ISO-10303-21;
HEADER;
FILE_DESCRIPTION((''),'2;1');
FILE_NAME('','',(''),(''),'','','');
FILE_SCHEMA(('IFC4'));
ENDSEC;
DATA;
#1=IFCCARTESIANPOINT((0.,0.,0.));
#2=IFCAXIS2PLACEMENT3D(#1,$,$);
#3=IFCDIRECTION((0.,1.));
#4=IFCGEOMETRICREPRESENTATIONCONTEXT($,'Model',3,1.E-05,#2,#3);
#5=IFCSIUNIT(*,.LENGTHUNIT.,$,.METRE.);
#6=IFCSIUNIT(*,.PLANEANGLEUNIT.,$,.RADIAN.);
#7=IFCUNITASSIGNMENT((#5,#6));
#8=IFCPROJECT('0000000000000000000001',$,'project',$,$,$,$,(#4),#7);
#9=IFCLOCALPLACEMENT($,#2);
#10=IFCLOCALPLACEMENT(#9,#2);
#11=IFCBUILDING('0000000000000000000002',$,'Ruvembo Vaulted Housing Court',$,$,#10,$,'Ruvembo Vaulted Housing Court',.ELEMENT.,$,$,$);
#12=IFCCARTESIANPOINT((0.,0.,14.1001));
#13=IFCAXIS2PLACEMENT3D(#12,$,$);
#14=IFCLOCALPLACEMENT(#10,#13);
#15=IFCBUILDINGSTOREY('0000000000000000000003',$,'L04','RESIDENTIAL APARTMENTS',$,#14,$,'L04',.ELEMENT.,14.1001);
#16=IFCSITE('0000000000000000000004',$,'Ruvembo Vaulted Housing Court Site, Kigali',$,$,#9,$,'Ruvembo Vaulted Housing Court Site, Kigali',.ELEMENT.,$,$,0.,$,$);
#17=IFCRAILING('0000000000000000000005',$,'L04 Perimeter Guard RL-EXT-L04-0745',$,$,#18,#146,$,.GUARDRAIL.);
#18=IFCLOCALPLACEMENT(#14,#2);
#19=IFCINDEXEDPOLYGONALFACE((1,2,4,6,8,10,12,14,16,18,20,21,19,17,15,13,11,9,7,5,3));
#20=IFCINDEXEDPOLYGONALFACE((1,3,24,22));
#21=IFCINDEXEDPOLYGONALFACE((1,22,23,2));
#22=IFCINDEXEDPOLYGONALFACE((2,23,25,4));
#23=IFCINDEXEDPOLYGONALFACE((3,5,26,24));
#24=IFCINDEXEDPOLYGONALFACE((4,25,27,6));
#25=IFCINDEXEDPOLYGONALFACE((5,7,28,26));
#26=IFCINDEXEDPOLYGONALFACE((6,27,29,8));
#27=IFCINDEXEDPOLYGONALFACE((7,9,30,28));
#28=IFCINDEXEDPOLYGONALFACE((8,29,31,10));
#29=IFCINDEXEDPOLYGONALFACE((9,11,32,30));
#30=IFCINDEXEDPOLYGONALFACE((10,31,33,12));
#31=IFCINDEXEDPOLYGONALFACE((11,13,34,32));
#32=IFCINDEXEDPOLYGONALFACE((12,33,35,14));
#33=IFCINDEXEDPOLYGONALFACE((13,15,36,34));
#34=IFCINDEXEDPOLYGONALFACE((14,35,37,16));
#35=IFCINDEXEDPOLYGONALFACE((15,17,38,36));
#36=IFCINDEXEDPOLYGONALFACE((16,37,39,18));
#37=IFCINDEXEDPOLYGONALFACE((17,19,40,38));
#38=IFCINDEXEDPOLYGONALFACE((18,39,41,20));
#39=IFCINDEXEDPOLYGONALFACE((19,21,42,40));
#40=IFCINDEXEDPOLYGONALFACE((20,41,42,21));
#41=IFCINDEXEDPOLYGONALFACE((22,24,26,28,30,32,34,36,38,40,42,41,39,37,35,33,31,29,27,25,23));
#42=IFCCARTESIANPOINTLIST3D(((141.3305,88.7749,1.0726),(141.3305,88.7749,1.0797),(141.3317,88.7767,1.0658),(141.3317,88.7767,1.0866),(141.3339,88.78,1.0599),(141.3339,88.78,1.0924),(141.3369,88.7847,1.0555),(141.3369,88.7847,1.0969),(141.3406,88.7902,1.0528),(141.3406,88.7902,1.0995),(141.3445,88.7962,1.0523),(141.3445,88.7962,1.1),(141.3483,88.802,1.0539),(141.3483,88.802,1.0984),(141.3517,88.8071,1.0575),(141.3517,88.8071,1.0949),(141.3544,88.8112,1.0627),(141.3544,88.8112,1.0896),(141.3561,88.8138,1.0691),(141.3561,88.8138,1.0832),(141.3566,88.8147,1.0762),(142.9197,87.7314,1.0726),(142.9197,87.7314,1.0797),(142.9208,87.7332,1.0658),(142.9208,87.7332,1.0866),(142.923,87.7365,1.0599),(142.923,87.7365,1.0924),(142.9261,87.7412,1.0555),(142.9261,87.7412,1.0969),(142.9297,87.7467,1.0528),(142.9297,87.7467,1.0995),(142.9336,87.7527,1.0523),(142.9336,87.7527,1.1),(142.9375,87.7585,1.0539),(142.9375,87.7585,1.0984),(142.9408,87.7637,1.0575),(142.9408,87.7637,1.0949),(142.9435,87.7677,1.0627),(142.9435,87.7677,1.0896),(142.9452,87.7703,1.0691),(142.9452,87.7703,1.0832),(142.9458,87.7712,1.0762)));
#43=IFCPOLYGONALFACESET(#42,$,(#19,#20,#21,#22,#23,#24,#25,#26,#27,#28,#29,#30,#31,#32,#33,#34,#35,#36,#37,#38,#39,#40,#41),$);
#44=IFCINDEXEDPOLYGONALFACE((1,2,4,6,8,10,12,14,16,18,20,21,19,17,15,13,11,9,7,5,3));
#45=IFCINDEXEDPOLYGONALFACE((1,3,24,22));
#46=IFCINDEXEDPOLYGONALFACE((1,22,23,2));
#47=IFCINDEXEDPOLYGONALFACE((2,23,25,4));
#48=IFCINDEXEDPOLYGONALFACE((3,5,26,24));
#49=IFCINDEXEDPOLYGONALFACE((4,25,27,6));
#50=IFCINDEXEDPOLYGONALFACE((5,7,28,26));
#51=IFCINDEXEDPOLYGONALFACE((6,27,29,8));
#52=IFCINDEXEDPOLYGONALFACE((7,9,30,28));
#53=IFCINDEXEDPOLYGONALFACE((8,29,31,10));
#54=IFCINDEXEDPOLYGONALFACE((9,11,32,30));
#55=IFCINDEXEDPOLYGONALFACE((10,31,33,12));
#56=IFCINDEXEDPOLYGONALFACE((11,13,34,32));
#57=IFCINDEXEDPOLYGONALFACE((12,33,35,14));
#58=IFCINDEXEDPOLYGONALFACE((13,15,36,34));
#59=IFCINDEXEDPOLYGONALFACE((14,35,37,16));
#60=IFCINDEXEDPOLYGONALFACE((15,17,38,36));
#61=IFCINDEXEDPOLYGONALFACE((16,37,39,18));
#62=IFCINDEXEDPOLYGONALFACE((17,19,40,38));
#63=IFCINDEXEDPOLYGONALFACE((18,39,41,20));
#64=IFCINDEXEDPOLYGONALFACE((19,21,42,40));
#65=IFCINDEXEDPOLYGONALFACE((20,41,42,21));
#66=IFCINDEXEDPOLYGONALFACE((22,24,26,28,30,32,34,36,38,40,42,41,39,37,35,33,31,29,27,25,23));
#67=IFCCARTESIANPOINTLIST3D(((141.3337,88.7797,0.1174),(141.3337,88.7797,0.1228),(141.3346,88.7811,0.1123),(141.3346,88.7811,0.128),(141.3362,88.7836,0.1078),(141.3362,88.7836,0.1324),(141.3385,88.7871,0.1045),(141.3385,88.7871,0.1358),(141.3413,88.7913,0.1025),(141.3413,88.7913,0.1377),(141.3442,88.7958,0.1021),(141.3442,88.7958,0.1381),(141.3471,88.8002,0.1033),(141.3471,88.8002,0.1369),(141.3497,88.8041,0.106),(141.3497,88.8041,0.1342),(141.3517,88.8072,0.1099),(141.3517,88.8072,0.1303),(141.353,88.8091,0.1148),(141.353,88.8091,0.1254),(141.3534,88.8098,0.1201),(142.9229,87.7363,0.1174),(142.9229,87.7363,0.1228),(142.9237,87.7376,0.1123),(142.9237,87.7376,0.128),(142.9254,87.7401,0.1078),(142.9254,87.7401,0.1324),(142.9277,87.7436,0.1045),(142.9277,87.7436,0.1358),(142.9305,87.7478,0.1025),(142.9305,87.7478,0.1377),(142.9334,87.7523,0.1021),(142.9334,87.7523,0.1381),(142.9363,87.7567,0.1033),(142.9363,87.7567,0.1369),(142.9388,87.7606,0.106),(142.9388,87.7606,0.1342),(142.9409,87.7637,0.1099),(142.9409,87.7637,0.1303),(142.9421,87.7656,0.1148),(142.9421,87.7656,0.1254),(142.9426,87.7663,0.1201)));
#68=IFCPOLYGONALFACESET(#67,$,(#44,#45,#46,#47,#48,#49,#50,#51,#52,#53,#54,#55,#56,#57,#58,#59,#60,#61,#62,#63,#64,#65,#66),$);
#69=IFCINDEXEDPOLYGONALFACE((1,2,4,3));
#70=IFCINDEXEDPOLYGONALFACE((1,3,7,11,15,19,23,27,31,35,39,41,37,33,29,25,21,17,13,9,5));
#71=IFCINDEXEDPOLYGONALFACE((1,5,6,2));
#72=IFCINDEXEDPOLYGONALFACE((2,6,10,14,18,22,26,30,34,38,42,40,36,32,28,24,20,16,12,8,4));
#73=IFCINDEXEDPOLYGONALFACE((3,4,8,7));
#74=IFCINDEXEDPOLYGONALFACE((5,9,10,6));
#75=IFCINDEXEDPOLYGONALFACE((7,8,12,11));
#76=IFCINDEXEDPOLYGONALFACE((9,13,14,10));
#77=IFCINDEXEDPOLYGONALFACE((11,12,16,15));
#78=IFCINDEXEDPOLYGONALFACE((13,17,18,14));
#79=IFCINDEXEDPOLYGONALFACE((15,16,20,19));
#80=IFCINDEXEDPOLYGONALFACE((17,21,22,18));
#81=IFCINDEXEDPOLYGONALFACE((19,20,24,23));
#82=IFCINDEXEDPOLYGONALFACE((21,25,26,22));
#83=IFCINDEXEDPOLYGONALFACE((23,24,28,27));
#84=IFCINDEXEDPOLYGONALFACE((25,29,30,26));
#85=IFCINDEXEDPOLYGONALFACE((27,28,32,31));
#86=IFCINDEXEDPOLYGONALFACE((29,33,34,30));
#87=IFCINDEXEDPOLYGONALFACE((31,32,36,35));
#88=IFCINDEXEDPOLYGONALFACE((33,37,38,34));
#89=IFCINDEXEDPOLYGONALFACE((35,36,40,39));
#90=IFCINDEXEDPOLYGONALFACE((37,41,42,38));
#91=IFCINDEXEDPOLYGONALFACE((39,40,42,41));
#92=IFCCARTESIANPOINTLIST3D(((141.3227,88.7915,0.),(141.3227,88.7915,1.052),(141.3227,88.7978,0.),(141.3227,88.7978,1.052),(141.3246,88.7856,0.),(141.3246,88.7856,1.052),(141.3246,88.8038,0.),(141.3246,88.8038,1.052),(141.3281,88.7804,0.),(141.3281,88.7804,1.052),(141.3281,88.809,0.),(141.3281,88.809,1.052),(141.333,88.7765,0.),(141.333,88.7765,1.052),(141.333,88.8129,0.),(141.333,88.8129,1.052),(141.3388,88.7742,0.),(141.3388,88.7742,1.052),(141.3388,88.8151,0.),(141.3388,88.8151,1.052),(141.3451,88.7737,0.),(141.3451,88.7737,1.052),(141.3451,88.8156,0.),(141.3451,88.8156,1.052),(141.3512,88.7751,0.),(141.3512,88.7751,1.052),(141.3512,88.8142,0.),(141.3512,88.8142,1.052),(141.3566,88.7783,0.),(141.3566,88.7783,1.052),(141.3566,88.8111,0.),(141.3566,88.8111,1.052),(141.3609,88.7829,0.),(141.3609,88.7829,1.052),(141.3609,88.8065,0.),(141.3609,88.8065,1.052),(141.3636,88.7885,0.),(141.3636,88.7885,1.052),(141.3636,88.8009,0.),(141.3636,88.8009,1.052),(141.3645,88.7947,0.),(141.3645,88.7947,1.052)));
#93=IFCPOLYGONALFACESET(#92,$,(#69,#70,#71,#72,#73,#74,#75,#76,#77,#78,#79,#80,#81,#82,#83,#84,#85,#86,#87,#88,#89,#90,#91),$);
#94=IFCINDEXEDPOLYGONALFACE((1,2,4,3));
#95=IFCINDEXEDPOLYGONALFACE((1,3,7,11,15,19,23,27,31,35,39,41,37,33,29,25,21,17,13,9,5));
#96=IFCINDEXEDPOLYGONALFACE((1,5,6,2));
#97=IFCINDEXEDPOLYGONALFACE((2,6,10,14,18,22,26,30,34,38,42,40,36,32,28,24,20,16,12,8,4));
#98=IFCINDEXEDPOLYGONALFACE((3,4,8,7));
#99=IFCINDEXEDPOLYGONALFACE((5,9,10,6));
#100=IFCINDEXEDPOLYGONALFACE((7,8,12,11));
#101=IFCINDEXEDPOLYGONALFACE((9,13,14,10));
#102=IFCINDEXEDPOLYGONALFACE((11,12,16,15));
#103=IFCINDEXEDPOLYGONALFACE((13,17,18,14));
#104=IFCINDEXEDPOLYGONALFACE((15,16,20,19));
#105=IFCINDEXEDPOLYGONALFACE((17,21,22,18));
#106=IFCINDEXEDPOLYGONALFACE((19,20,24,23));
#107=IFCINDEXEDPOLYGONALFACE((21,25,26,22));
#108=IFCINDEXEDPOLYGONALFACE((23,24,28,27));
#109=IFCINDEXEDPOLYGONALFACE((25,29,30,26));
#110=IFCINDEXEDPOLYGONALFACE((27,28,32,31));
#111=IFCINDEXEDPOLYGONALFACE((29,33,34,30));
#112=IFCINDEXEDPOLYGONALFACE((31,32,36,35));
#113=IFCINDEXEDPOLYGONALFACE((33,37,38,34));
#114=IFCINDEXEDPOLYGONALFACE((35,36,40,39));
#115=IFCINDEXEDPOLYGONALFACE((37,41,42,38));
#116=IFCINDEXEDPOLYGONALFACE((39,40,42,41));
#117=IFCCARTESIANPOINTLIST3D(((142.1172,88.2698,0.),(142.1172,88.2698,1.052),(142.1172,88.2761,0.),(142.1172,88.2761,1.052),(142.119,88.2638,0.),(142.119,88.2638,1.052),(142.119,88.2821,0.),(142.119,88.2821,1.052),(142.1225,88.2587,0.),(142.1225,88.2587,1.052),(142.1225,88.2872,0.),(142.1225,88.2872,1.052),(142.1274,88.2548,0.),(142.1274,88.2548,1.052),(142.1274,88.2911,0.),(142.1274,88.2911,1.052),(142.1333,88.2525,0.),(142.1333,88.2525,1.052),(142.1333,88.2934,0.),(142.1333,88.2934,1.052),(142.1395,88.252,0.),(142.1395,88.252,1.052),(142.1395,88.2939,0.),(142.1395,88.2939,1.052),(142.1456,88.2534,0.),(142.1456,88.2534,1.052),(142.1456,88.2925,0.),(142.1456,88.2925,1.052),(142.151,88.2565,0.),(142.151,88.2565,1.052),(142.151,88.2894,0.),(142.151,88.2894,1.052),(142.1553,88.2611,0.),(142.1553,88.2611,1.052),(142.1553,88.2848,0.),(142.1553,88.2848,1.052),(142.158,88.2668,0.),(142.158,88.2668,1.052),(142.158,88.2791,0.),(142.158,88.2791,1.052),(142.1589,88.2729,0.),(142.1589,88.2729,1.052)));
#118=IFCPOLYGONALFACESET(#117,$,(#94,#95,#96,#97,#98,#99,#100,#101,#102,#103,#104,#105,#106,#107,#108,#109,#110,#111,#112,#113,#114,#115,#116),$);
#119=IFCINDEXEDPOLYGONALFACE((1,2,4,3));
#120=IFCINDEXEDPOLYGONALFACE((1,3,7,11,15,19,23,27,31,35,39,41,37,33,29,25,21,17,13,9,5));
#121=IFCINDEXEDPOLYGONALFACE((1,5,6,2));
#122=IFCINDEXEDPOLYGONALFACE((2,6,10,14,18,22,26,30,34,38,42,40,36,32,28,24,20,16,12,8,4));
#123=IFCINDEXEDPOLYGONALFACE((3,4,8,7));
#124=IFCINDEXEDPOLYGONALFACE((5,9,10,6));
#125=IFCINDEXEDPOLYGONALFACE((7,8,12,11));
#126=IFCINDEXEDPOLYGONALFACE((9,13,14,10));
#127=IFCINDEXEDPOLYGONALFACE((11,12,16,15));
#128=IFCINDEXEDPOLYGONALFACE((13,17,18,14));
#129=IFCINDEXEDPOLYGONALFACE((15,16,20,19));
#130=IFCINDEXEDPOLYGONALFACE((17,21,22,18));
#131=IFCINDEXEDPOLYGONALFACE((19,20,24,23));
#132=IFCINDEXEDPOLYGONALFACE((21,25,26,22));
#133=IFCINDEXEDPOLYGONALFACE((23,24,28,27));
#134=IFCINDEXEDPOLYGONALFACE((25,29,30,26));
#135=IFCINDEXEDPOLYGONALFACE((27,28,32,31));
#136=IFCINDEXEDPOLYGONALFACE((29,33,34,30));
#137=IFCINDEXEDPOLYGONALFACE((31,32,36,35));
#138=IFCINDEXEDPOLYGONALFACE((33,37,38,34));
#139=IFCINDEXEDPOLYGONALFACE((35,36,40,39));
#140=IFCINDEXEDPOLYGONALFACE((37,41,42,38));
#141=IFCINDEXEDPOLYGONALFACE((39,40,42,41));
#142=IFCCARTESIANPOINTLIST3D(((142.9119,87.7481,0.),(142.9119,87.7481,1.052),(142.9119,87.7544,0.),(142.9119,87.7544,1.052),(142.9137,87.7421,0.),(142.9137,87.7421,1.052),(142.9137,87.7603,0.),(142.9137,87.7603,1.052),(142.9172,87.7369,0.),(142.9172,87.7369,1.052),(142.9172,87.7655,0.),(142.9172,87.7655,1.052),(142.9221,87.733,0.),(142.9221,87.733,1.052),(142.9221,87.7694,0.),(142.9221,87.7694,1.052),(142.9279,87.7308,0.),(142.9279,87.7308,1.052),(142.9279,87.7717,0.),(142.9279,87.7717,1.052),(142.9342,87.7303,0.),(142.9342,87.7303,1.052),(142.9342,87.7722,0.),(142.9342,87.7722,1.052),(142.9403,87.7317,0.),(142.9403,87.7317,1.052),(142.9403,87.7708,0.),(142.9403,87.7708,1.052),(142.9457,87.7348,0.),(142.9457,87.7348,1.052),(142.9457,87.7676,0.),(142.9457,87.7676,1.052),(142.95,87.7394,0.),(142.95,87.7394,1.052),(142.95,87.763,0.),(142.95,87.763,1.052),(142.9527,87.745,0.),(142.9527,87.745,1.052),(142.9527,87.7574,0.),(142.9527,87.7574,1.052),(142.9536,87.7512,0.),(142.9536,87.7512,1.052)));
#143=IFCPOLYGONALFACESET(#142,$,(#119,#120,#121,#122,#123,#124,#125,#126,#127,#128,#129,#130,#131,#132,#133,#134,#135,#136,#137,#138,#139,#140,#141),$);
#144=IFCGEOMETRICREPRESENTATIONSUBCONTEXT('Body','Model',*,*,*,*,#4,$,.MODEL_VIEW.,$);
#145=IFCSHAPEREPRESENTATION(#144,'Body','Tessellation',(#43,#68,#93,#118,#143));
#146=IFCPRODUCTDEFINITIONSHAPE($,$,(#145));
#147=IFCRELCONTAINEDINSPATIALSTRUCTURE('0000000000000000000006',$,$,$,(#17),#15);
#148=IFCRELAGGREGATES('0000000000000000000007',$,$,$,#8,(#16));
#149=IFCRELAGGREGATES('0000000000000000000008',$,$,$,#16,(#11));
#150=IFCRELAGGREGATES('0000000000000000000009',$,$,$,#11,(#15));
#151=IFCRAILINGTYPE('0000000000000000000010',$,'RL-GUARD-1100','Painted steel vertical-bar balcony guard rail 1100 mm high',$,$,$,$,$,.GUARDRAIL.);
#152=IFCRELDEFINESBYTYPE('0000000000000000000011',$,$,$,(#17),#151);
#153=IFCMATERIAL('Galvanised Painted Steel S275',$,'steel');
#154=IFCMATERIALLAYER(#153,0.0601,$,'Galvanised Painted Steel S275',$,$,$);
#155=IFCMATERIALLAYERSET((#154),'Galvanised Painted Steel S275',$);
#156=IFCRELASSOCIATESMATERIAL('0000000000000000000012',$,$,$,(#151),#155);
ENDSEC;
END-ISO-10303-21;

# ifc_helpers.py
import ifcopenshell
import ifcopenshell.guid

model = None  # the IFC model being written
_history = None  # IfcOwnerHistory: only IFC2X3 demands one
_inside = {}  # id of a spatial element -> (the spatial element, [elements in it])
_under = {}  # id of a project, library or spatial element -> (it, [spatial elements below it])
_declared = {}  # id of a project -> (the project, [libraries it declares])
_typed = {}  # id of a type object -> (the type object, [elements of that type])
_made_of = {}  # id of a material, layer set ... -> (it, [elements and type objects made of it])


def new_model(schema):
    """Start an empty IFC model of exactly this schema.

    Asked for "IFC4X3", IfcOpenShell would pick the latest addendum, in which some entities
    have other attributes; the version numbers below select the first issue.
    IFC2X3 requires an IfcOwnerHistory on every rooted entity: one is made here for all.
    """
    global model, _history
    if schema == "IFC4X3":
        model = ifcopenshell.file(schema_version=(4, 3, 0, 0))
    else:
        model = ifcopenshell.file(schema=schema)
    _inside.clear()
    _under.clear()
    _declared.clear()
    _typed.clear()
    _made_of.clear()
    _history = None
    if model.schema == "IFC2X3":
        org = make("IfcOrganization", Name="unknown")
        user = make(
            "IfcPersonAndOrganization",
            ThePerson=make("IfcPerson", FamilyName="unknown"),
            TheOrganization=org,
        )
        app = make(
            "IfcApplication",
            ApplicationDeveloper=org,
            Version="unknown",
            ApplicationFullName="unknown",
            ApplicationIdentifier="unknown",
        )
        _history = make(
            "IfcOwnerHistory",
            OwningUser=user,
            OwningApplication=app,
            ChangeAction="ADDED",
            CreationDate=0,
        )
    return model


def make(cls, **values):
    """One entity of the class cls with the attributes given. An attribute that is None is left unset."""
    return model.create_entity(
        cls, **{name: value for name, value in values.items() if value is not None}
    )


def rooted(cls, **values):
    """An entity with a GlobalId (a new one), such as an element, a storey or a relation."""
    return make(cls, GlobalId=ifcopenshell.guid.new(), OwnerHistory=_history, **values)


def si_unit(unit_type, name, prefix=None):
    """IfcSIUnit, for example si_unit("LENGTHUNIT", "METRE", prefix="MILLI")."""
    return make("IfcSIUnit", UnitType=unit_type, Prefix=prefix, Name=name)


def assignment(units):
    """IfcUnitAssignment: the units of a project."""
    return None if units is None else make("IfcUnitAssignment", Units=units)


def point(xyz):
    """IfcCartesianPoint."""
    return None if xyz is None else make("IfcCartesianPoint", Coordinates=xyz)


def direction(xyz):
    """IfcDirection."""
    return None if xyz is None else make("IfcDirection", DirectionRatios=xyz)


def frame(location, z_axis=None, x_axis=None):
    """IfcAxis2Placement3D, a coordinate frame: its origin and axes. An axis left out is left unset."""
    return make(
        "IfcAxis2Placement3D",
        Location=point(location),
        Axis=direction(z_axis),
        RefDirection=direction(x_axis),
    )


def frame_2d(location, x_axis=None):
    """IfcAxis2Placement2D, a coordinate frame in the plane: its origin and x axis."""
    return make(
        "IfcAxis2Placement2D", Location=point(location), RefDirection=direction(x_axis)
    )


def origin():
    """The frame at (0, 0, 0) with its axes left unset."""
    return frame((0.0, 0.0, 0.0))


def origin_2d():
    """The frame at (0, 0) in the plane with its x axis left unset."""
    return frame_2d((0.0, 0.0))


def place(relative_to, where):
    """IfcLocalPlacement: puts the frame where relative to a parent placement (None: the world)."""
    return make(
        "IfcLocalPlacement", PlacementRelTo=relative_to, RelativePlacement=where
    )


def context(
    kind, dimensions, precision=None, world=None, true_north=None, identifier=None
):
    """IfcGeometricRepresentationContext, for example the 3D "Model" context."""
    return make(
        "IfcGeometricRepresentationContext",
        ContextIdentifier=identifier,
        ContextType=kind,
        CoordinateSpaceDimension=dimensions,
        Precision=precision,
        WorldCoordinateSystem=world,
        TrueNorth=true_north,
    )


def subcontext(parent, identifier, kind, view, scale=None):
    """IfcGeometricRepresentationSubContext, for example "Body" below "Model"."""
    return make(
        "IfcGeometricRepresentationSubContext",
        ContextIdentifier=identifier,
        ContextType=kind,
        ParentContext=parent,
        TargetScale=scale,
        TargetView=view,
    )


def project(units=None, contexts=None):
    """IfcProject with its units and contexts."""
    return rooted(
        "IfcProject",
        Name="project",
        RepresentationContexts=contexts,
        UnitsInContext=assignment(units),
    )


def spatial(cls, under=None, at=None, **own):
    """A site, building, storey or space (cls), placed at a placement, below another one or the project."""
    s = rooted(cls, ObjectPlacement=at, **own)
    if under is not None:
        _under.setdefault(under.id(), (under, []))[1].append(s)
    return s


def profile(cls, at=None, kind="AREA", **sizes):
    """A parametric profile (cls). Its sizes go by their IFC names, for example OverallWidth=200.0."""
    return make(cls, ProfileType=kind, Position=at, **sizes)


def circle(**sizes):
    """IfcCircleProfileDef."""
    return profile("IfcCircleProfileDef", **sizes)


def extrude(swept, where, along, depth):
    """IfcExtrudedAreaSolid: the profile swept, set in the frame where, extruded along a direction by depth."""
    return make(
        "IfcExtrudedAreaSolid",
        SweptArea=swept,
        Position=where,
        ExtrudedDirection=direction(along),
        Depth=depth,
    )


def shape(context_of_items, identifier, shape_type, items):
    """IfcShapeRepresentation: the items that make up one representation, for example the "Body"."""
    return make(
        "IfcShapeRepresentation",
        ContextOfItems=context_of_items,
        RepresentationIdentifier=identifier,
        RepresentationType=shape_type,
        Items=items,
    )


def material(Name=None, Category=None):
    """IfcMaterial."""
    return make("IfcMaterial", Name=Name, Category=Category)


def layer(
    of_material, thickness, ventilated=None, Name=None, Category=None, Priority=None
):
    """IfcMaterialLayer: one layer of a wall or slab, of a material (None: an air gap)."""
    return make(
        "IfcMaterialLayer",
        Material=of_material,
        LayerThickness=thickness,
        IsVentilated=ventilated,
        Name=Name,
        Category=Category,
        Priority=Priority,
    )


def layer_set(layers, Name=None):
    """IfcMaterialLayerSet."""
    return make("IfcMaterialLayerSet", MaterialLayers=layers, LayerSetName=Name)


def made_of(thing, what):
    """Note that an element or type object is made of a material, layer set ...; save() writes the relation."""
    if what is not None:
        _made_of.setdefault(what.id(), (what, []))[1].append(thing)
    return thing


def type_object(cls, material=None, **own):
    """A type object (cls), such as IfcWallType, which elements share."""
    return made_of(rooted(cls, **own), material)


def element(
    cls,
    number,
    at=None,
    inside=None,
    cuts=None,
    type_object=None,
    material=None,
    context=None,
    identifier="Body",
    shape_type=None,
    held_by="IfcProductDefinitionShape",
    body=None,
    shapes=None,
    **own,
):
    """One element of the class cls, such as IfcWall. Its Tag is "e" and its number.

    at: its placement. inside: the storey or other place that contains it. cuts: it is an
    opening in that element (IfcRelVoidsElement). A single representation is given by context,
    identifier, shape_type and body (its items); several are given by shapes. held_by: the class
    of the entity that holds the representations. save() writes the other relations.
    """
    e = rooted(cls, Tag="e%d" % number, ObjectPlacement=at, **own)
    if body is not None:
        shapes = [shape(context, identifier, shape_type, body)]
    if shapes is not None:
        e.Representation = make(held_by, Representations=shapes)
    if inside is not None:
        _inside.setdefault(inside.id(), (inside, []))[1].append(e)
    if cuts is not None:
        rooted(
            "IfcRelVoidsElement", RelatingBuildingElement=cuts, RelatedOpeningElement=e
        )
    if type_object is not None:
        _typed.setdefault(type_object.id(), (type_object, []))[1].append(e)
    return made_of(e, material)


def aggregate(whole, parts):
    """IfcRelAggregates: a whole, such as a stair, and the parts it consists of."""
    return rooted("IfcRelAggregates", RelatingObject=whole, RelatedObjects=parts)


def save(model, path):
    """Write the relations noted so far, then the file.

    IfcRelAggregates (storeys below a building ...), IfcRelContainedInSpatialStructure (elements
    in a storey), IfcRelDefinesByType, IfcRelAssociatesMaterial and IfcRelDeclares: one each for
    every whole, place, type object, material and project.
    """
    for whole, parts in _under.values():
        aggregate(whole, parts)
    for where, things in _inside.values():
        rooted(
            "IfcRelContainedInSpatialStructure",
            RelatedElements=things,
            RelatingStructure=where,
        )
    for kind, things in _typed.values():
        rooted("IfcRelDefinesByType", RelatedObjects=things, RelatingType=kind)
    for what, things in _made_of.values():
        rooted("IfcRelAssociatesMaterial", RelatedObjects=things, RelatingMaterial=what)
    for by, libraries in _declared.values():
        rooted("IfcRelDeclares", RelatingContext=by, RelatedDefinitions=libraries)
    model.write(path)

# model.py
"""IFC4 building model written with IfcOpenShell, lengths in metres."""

from ifc_helpers import new_model, si_unit, direction, frame, origin, origin_2d, place, context, subcontext, project, spatial, circle, extrude, material, layer, layer_set, type_object, element, save


model = new_model("IFC4")

# Units and contexts
model_context = context("Model", 3, precision=1e-05, world=origin(), true_north=direction((0.0, 1.0)))
body_context = subcontext(model_context, "Body", "Model", "MODEL_VIEW")
ifc_project = project(units=[si_unit("LENGTHUNIT", "METRE"), si_unit("PLANEANGLEUNIT", "RADIAN")], contexts=[model_context])

# Site, building, storey
site_placement = place(None, origin())
site = spatial("IfcSite", under=ifc_project, at=site_placement, Name="Ruvembo Vaulted Housing Court Site, Kigali", LongName="Ruvembo Vaulted Housing Court Site, Kigali", CompositionType="ELEMENT", RefElevation=0.0)
building_placement = place(site_placement, origin())
building = spatial("IfcBuilding", under=site, at=building_placement, Name="Ruvembo Vaulted Housing Court", LongName="Ruvembo Vaulted Housing Court", CompositionType="ELEMENT")
storey_placement = place(building_placement, frame((0.0, 0.0, 14.1001)))
storey = spatial("IfcBuildingStorey", under=building, at=storey_placement, Name="L04", Description="RESIDENTIAL APARTMENTS", LongName="L04", CompositionType="ELEMENT", Elevation=14.1001)

# Railing
ifc_material_1 = material(Name="Galvanised Painted Steel S275", Category="steel")
ifc_layer_1 = layer(ifc_material_1, 0.0601, Name="Galvanised Painted Steel S275")
ifc_layer_set_1 = layer_set([ifc_layer_1], Name="Galvanised Painted Steel S275")
railing_type = type_object("IfcRailingType", Name="RL-GUARD-1100", Description="Painted steel vertical-bar balcony guard rail 1100 mm high", PredefinedType="GUARDRAIL", material=ifc_layer_set_1)
railing_1_placement = place(storey_placement, frame((141.3435, 88.7947, 0.0)))
element("IfcRailing", 1, at=railing_1_placement, inside=storey, type_object=railing_type, Name="L04 Perimeter Guard RL-EXT-L04-0745", PredefinedType="GUARDRAIL", context=body_context, shape_type="SweptSolid", body=[
    extrude(circle(Radius=0.0239, at=origin_2d()), frame((0.0, 0.0, 1.0762), z_axis=(0.835902, -0.548878, 0.0), x_axis=(0.548878, 0.835902, 0.0)), (0.0, 0.0, 1.0), 1.9011),
    extrude(circle(Radius=0.0181, at=origin_2d()), frame((0.0, 0.0, 0.1201), z_axis=(0.835902, -0.548878, 0.0), x_axis=(0.548878, 0.835902, 0.0)), (0.0, 0.0, 1.0), 1.9011),
    extrude(circle(Radius=0.021, at=origin_2d()), origin(), (0.0, 0.0, 1.0), 1.052),
    extrude(circle(Radius=0.021, at=origin_2d()), frame((0.7944, -0.5217, 0.0)), (0.0, 0.0, 1.0), 1.052),
    extrude(circle(Radius=0.021, at=origin_2d()), frame((1.5891, -1.0435, 0.0)), (0.0, 0.0, 1.0), 1.052),
])

save(model, "model.ifc")
